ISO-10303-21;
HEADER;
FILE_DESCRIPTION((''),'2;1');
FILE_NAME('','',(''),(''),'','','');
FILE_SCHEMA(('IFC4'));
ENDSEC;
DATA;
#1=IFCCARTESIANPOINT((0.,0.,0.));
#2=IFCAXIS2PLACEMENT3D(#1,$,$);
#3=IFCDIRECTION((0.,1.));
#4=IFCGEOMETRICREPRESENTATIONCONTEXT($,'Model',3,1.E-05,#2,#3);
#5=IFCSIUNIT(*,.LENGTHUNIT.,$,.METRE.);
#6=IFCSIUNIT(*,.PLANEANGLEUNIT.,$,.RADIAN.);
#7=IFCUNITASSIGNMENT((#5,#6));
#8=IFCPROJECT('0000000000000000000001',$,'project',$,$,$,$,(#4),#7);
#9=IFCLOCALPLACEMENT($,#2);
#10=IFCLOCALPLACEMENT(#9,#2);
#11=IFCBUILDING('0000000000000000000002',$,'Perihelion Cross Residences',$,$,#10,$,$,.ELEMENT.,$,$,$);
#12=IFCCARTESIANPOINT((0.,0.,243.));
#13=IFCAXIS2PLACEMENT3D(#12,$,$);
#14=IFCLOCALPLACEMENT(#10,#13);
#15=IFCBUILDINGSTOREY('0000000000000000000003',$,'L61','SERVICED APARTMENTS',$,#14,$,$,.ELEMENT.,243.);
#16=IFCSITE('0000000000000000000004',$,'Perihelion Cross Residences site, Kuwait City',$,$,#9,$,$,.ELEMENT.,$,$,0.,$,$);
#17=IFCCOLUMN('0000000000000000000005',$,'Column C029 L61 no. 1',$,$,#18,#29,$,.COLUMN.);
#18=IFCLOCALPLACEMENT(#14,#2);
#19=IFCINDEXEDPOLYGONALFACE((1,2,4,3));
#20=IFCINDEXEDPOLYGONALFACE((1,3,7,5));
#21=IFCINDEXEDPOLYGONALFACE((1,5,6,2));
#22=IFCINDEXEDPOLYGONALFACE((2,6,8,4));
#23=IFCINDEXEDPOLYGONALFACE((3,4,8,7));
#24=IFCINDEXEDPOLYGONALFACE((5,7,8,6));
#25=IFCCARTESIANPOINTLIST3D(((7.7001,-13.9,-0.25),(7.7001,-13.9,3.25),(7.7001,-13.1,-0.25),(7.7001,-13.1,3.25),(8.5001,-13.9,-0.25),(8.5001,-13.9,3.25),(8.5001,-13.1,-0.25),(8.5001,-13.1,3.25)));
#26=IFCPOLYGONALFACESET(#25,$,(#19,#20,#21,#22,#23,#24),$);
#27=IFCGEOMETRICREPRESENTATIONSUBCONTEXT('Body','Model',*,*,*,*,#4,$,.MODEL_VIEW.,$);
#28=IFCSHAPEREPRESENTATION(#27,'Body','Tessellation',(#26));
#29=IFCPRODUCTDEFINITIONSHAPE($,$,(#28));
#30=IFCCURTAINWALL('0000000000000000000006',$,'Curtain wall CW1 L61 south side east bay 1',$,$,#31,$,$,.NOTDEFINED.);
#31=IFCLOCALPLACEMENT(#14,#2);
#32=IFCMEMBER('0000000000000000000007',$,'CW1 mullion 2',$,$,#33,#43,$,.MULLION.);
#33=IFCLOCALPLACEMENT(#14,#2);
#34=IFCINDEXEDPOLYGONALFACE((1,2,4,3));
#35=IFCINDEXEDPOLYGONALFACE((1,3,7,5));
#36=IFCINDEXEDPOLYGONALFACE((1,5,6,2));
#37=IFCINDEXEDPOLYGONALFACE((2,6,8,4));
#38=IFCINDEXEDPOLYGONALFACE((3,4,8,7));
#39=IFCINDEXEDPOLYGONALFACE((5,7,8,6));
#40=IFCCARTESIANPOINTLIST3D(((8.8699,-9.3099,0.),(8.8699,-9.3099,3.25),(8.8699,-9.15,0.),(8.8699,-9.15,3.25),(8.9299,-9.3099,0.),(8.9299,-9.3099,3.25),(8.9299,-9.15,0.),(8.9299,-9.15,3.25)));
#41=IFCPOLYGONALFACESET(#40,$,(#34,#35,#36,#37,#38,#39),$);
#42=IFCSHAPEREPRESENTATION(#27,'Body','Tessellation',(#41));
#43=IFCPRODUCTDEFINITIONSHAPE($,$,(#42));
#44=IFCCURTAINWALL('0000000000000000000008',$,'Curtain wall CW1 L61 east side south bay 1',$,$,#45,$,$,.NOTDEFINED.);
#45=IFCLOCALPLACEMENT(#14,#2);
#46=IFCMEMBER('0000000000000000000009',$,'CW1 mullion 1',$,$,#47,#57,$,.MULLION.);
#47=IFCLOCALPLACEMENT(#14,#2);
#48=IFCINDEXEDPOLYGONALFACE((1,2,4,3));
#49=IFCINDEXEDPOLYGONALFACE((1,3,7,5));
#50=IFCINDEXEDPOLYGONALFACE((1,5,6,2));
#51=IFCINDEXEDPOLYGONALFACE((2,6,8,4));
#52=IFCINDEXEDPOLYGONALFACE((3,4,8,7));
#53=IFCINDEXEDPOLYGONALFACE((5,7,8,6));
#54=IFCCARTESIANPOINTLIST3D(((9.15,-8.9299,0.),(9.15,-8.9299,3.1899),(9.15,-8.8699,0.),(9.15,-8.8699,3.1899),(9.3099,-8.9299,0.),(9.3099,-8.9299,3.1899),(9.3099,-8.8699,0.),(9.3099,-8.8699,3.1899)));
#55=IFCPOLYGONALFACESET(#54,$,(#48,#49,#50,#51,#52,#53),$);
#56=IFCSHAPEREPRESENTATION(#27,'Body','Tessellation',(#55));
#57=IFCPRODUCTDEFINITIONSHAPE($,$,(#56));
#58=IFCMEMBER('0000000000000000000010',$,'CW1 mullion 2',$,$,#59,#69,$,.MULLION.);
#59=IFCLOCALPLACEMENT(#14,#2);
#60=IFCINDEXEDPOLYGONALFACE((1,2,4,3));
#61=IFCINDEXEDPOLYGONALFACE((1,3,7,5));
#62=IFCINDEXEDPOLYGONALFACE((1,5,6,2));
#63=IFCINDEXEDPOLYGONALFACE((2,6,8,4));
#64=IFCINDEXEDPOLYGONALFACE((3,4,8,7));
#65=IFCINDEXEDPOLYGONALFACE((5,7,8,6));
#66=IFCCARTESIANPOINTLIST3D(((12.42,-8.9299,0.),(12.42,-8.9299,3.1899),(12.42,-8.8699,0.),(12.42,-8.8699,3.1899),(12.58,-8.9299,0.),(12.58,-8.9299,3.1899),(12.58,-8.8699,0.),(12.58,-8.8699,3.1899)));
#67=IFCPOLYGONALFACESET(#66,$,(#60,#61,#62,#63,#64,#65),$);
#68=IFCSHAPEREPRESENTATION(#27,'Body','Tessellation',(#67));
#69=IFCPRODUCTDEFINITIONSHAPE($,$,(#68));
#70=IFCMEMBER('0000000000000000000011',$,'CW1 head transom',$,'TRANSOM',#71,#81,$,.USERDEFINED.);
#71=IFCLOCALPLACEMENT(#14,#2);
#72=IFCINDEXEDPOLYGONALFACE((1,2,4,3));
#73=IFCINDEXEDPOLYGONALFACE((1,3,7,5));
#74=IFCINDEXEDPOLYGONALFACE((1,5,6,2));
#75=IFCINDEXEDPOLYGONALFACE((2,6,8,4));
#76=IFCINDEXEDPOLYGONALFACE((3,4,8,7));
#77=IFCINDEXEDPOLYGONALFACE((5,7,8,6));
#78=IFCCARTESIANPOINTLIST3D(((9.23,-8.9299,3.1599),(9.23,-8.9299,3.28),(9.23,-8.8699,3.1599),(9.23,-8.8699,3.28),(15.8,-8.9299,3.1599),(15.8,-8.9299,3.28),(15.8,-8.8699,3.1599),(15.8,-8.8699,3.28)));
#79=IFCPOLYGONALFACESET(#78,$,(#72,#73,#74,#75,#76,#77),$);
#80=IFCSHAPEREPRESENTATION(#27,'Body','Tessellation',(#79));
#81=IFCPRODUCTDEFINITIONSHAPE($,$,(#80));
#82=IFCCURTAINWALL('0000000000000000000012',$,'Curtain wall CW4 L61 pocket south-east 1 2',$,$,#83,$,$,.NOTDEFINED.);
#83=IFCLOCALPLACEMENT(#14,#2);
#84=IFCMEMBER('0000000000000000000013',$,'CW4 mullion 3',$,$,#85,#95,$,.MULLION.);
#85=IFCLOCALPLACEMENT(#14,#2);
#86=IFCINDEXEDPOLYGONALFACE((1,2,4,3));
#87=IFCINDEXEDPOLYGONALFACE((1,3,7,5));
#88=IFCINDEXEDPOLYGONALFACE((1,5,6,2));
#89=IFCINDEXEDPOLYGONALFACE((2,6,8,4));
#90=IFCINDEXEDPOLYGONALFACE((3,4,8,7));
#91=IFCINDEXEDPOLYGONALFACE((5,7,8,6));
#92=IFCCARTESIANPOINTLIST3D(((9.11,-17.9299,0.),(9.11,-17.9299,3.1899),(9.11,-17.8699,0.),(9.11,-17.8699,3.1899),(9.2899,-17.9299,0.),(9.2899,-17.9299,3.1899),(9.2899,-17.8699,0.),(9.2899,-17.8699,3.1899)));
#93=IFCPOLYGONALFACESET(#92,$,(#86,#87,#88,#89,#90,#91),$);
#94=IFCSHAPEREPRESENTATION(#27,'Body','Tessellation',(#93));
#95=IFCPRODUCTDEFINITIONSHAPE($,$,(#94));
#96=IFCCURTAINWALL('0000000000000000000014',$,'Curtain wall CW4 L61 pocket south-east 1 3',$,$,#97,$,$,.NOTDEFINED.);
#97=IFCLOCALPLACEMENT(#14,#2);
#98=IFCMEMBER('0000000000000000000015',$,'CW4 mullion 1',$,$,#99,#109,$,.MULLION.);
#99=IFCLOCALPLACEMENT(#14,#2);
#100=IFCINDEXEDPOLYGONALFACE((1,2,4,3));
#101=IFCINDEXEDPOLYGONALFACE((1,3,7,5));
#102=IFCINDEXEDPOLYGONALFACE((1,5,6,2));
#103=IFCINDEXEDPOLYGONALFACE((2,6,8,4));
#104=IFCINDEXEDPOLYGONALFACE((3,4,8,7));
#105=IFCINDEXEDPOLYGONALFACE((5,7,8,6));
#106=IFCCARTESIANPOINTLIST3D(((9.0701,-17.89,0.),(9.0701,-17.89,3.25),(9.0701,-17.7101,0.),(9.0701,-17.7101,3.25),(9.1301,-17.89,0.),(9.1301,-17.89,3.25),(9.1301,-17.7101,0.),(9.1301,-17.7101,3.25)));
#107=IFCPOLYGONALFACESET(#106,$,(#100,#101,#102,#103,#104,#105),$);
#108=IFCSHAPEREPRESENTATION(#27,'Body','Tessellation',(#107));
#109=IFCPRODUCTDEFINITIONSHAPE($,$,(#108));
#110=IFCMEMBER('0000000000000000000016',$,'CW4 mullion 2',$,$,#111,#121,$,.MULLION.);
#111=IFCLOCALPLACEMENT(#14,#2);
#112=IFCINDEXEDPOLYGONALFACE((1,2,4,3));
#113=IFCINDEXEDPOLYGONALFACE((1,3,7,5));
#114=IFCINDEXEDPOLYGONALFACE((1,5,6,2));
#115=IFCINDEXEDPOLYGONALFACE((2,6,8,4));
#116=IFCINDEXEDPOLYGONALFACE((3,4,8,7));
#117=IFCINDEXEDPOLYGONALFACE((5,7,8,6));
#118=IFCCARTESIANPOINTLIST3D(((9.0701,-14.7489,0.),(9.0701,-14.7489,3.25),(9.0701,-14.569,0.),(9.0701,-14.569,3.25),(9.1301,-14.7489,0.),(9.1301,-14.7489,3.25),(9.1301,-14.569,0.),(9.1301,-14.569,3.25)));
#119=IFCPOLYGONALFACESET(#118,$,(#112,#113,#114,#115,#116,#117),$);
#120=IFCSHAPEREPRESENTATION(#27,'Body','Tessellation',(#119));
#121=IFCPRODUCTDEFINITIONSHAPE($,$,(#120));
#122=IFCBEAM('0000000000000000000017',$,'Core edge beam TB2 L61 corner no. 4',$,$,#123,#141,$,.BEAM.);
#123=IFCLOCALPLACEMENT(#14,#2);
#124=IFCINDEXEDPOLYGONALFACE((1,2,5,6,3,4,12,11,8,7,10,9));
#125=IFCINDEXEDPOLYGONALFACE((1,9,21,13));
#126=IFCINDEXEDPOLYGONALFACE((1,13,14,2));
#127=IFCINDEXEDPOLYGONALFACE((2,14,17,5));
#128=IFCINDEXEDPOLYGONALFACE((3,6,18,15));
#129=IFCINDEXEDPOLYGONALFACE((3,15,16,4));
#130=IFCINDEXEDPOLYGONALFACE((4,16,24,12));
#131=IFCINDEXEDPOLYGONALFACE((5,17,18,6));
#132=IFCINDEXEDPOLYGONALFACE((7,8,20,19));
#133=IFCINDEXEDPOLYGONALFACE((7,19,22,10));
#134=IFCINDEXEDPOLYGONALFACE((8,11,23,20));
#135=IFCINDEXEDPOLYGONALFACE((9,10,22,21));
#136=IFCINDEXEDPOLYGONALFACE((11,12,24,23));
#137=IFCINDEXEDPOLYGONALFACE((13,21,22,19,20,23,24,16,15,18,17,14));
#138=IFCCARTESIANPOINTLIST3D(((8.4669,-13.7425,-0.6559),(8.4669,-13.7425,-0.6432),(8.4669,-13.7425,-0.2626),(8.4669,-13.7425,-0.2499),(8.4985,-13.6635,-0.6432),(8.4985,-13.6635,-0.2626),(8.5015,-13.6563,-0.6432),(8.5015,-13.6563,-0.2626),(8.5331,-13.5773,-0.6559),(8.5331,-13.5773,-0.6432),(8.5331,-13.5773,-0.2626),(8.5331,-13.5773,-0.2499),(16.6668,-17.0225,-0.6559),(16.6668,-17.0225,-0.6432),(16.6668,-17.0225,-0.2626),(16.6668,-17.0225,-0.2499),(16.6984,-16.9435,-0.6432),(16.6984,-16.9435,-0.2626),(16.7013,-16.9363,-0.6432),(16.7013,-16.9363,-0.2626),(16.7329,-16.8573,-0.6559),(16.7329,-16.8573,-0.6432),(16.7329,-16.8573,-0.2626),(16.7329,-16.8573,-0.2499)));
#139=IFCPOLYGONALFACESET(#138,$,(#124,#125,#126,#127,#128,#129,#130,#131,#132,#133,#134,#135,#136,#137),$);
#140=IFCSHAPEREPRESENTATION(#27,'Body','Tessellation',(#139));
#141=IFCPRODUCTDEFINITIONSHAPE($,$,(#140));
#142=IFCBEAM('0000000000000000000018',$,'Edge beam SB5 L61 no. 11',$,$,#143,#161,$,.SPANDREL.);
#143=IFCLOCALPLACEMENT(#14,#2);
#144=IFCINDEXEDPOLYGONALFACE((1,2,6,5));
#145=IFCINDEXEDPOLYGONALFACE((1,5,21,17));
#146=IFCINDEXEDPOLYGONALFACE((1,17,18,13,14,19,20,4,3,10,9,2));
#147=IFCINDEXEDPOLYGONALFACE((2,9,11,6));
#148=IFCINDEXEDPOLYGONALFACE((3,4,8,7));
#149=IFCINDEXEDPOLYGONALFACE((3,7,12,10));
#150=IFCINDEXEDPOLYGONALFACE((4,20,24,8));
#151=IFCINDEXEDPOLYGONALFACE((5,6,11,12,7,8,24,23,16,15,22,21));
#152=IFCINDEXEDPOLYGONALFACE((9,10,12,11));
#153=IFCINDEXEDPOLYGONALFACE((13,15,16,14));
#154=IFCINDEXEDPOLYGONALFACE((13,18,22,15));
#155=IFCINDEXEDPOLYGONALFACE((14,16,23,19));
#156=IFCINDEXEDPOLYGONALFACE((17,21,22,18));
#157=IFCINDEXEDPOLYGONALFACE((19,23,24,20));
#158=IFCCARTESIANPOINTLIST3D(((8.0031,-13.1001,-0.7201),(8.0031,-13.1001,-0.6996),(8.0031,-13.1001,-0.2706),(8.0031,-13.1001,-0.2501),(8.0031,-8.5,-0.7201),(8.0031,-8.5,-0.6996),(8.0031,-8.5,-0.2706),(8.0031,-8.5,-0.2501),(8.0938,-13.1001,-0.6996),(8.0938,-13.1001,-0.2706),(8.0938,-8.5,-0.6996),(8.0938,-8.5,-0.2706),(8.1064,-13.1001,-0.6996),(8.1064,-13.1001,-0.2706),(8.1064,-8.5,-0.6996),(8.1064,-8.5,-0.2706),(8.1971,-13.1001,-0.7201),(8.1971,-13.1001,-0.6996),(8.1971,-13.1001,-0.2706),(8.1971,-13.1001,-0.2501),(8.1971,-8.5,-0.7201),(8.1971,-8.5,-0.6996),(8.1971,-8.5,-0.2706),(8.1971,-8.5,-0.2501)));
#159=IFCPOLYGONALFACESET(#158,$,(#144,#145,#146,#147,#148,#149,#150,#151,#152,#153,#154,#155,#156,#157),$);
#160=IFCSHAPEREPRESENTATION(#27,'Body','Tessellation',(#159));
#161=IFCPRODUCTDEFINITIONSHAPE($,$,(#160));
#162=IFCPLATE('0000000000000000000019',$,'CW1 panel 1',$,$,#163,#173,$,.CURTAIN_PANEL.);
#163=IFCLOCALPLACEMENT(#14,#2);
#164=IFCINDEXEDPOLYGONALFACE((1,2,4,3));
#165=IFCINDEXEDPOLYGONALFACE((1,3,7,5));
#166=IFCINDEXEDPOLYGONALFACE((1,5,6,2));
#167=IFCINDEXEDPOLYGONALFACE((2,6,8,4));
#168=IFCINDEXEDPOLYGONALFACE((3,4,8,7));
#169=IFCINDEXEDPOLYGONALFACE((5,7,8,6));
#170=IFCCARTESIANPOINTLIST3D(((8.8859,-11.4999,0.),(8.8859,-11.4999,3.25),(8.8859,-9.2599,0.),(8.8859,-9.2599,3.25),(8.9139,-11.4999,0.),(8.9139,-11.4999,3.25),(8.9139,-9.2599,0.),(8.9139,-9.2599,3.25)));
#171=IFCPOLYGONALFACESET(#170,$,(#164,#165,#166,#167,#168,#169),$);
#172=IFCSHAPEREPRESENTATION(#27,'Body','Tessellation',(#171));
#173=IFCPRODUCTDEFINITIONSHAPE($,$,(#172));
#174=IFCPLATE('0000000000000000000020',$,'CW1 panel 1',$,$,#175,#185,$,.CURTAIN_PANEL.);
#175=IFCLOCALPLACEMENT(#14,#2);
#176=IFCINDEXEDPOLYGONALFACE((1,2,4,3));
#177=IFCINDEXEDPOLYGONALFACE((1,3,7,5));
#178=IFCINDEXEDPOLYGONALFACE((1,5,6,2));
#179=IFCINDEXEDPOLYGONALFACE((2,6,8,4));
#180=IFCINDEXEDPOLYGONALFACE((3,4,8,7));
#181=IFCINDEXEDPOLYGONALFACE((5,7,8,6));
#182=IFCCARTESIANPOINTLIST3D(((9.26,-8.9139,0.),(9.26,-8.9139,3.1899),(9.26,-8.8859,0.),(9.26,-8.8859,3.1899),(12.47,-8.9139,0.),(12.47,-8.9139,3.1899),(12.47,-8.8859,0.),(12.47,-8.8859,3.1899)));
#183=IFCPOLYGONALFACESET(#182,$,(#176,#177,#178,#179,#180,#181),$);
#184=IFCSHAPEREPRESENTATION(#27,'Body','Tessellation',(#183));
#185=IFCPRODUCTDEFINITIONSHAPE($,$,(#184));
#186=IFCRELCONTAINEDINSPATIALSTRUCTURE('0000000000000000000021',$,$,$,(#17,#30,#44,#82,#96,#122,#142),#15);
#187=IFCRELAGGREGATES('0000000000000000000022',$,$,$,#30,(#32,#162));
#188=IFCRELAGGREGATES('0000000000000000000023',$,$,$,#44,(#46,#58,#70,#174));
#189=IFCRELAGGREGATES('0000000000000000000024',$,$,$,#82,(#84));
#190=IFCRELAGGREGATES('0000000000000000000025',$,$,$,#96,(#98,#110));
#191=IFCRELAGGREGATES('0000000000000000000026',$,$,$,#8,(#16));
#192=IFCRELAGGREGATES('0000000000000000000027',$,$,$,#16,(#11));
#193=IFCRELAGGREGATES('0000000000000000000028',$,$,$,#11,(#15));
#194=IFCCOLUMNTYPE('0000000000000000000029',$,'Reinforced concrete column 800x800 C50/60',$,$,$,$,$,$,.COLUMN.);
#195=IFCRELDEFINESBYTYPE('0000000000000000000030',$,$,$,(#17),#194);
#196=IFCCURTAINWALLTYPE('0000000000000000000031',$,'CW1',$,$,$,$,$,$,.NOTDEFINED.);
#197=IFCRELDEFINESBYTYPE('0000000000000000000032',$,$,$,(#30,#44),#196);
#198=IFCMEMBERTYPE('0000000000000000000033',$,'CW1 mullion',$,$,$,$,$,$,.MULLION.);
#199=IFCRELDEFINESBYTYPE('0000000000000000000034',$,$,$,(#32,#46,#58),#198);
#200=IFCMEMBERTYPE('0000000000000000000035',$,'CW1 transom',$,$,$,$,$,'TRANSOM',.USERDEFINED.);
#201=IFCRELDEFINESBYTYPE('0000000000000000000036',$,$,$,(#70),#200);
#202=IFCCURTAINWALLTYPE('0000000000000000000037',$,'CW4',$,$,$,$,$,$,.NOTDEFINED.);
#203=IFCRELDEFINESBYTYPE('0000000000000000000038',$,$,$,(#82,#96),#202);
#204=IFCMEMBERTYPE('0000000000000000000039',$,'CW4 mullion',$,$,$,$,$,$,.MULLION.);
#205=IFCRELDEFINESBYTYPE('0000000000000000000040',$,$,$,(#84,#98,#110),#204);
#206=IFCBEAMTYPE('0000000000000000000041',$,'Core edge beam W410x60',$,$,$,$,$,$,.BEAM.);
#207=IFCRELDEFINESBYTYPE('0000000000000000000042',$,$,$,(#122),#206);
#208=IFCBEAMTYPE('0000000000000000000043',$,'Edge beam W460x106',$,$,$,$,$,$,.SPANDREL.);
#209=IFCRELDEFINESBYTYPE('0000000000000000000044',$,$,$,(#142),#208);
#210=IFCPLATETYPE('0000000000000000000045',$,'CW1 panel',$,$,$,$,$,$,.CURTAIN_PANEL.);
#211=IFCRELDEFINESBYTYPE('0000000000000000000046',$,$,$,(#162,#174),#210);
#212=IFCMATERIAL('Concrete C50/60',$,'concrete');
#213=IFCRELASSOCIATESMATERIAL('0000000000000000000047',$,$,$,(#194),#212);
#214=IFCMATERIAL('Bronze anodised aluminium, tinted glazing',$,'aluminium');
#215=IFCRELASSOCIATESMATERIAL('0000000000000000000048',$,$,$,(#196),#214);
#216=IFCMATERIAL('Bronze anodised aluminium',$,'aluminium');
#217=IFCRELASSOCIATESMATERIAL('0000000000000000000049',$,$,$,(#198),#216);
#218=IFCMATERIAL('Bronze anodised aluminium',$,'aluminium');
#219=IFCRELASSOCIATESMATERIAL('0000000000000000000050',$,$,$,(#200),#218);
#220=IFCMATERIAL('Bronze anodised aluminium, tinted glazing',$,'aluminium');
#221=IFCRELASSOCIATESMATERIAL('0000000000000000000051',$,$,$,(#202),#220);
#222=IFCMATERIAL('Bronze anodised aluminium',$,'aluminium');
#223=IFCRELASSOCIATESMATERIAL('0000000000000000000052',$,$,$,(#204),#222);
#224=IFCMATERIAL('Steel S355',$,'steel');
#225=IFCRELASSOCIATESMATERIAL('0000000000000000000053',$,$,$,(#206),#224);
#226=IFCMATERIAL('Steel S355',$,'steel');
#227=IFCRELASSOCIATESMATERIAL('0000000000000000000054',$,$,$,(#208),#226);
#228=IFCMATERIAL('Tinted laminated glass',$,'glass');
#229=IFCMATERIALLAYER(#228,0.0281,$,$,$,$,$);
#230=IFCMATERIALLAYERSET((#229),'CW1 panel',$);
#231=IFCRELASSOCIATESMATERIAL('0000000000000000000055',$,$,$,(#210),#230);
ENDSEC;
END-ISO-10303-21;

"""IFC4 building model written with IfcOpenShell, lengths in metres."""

from ifc_helpers import new_model, si_unit, direction, frame, origin, origin_2d, place, context, subcontext, project, spatial, rectangle, i_section, extrude, material, layer, layer_set, material_profile, profile_set, type_object, element, aggregate, save


model = new_model("IFC4")

# Units and contexts
model_context = context("Model", 3, precision=1e-05, world=origin(), true_north=direction((0.0, 1.0)))
body_context = subcontext(model_context, "Body", "Model", "MODEL_VIEW")
ifc_project = project(units=[si_unit("LENGTHUNIT", "METRE"), si_unit("PLANEANGLEUNIT", "RADIAN")], contexts=[model_context])

# Site, building, storey
site_placement = place(None, origin())
site = spatial("IfcSite", under=ifc_project, at=site_placement, Name="Perihelion Cross Residences site, Kuwait City", CompositionType="ELEMENT", RefElevation=0.0)
building_placement = place(site_placement, origin())
building = spatial("IfcBuilding", under=site, at=building_placement, Name="Perihelion Cross Residences", CompositionType="ELEMENT")
storey_placement = place(building_placement, frame((0.0, 0.0, 243.0)))
storey = spatial("IfcBuildingStorey", under=building, at=storey_placement, Name="L61", Description="SERVICED APARTMENTS", CompositionType="ELEMENT", Elevation=243.0)

# Column
ifc_material_1 = material(Name="Concrete C50/60", Category="concrete")
ifc_material_profile_1 = material_profile(ifc_material_1, rectangle(XDim=0.8, YDim=0.8, at=origin_2d()), Name="RC 800x800")
ifc_profile_set_1 = profile_set([ifc_material_profile_1], Name="Concrete C50/60")
column_type = type_object("IfcColumnType", Name="Reinforced concrete column 800x800 C50/60", PredefinedType="COLUMN", material=ifc_profile_set_1)
column_placement = place(storey_placement, frame((8.1001, -13.5, -0.25), z_axis=(0.0, 0.0, 1.0), x_axis=(1.0, 0.0, 0.0)))
element("IfcColumn", 1, at=column_placement, inside=storey, type_object=column_type, Name="Column C029 L61 no. 1", PredefinedType="COLUMN", context=body_context, shape_type="SweptSolid", body=[
    extrude(rectangle(XDim=0.8, YDim=0.8, at=origin_2d()), origin(), (0.0, 0.0, 1.0), 3.5),
])

# Curtain wall, member
ifc_material_2 = material(Name="Bronze anodised aluminium, tinted glazing", Category="aluminium")
curtain_wall_type_1 = type_object("IfcCurtainWallType", Name="CW1", PredefinedType="NOTDEFINED", material=ifc_material_2)
curtain_wall_1_placement = place(storey_placement, origin())
curtain_wall_1 = element("IfcCurtainWall", 2, at=curtain_wall_1_placement, inside=storey, type_object=curtain_wall_type_1, Name="Curtain wall CW1 L61 south side east bay 1", PredefinedType="NOTDEFINED")
ifc_material_3 = material(Name="Bronze anodised aluminium", Category="aluminium")
ifc_material_profile_2 = material_profile(ifc_material_3, rectangle(XDim=0.0601, YDim=0.1599, at=origin_2d()), Name="CW1 mullion")
ifc_profile_set_2 = profile_set([ifc_material_profile_2], Name="Bronze anodised aluminium")
member_type_1 = type_object("IfcMemberType", Name="CW1 mullion", PredefinedType="MULLION", material=ifc_profile_set_2)
member_1_placement = place(storey_placement, frame((8.8999, -9.23, 0.0), z_axis=(0.0, 0.0, 1.0), x_axis=(-1.0, 0.0, 0.0)))
member_1 = element("IfcMember", 3, at=member_1_placement, type_object=member_type_1, Name="CW1 mullion 2", PredefinedType="MULLION", context=body_context, shape_type="SweptSolid", body=[
    extrude(rectangle(XDim=0.0601, YDim=0.1599, at=origin_2d()), origin(), (0.0, 0.0, 1.0), 3.25),
])

# Curtain wall, members
curtain_wall_2_placement = place(storey_placement, origin())
curtain_wall_2 = element("IfcCurtainWall", 4, at=curtain_wall_2_placement, inside=storey, type_object=curtain_wall_type_1, Name="Curtain wall CW1 L61 east side south bay 1", PredefinedType="NOTDEFINED")
member_2_placement = place(storey_placement, frame((9.23, -8.8999, 0.0), z_axis=(0.0, 0.0, 1.0), x_axis=(0.0, 1.0, 0.0)))
member_2 = element("IfcMember", 5, at=member_2_placement, type_object=member_type_1, Name="CW1 mullion 1", PredefinedType="MULLION", context=body_context, shape_type="SweptSolid", body=[
    extrude(rectangle(XDim=0.0601, YDim=0.1599, at=origin_2d()), origin(), (0.0, 0.0, 1.0), 3.1899),
])
member_3_placement = place(storey_placement, frame((12.5, -8.8999, 0.0), z_axis=(0.0, 0.0, 1.0), x_axis=(0.0, 1.0, 0.0)))
member_3 = element("IfcMember", 6, at=member_3_placement, type_object=member_type_1, Name="CW1 mullion 2", PredefinedType="MULLION", context=body_context, shape_type="SweptSolid", body=[
    extrude(rectangle(XDim=0.0601, YDim=0.1599, at=origin_2d()), origin(), (0.0, 0.0, 1.0), 3.1899),
])
ifc_material_4 = material(Name="Bronze anodised aluminium", Category="aluminium")
ifc_material_profile_3 = material_profile(ifc_material_4, rectangle(XDim=0.0601, YDim=0.1201, at=origin_2d()), Name="CW1 transom")
ifc_profile_set_3 = profile_set([ifc_material_profile_3], Name="Bronze anodised aluminium")
member_type_2 = type_object("IfcMemberType", Name="CW1 transom", ElementType="TRANSOM", PredefinedType="USERDEFINED", material=ifc_profile_set_3)
member_4_placement = place(storey_placement, frame((9.23, -8.8999, 3.22), z_axis=(1.0, 0.0, 0.0), x_axis=(0.0, 1.0, 0.0)))
member_4 = element("IfcMember", 7, at=member_4_placement, type_object=member_type_2, Name="CW1 head transom", ObjectType="TRANSOM", PredefinedType="USERDEFINED", context=body_context, shape_type="SweptSolid", body=[
    extrude(rectangle(XDim=0.0601, YDim=0.1201, at=origin_2d()), origin(), (0.0, 0.0, 1.0), 6.5701),
])

# Curtain wall, member
ifc_material_5 = material(Name="Bronze anodised aluminium, tinted glazing", Category="aluminium")
curtain_wall_type_2 = type_object("IfcCurtainWallType", Name="CW4", PredefinedType="NOTDEFINED", material=ifc_material_5)
curtain_wall_3_placement = place(storey_placement, origin())
curtain_wall_3 = element("IfcCurtainWall", 8, at=curtain_wall_3_placement, inside=storey, type_object=curtain_wall_type_2, Name="Curtain wall CW4 L61 pocket south-east 1 2", PredefinedType="NOTDEFINED")
ifc_material_6 = material(Name="Bronze anodised aluminium", Category="aluminium")
ifc_material_profile_4 = material_profile(ifc_material_6, rectangle(XDim=0.0601, YDim=0.1799, at=origin_2d()), Name="CW4 mullion")
ifc_profile_set_4 = profile_set([ifc_material_profile_4], Name="Bronze anodised aluminium")
member_type_3 = type_object("IfcMemberType", Name="CW4 mullion", PredefinedType="MULLION", material=ifc_profile_set_4)
member_5_placement = place(storey_placement, frame((9.2, -17.8999, 0.0), z_axis=(0.0, 0.0, 1.0), x_axis=(0.0, -1.0, 0.0)))
member_5 = element("IfcMember", 9, at=member_5_placement, type_object=member_type_3, Name="CW4 mullion 3", PredefinedType="MULLION", context=body_context, shape_type="SweptSolid", body=[
    extrude(rectangle(XDim=0.0601, YDim=0.1799, at=origin_2d()), origin(), (0.0, 0.0, 1.0), 3.1899),
])

# Curtain wall, members
curtain_wall_4_placement = place(storey_placement, origin())
curtain_wall_4 = element("IfcCurtainWall", 10, at=curtain_wall_4_placement, inside=storey, type_object=curtain_wall_type_2, Name="Curtain wall CW4 L61 pocket south-east 1 3", PredefinedType="NOTDEFINED")
member_6_placement = place(storey_placement, frame((9.1001, -17.8, 0.0), z_axis=(0.0, 0.0, 1.0), x_axis=(-1.0, 0.0, 0.0)))
member_6 = element("IfcMember", 11, at=member_6_placement, type_object=member_type_3, Name="CW4 mullion 1", PredefinedType="MULLION", context=body_context, shape_type="SweptSolid", body=[
    extrude(rectangle(XDim=0.0601, YDim=0.1799, at=origin_2d()), origin(), (0.0, 0.0, 1.0), 3.25),
])
member_7_placement = place(storey_placement, frame((9.1001, -14.6589, 0.0), z_axis=(0.0, 0.0, 1.0), x_axis=(-1.0, 0.0, 0.0)))
member_7 = element("IfcMember", 12, at=member_7_placement, type_object=member_type_3, Name="CW4 mullion 2", PredefinedType="MULLION", context=body_context, shape_type="SweptSolid", body=[
    extrude(rectangle(XDim=0.0601, YDim=0.1799, at=origin_2d()), origin(), (0.0, 0.0, 1.0), 3.25),
])

# Beams
ifc_material_7 = material(Name="Steel S355", Category="steel")
ifc_material_profile_5 = material_profile(ifc_material_7, i_section(OverallWidth=0.178, OverallDepth=0.406, WebThickness=0.0078, FlangeThickness=0.0127, at=origin_2d()), Name="W410x60")
ifc_profile_set_5 = profile_set([ifc_material_profile_5], Name="Steel S355")
beam_type_1 = type_object("IfcBeamType", Name="Core edge beam W410x60", PredefinedType="BEAM", material=ifc_profile_set_5)
beam_1_placement = place(storey_placement, frame((8.5, -13.6599, -0.4529), z_axis=(0.928475, -0.371395, 0.0), x_axis=(0.371395, 0.928475, 0.0)))
element("IfcBeam", 13, at=beam_1_placement, inside=storey, type_object=beam_type_1, Name="Core edge beam TB2 L61 corner no. 4", PredefinedType="BEAM", context=body_context, shape_type="SweptSolid", body=[
    extrude(i_section(OverallWidth=0.178, OverallDepth=0.406, WebThickness=0.0078, FlangeThickness=0.0127, at=origin_2d()), origin(), (0.0, 0.0, 1.0), 8.8315),
])
ifc_material_8 = material(Name="Steel S355", Category="steel")
ifc_material_profile_6 = material_profile(ifc_material_8, i_section(OverallWidth=0.1941, OverallDepth=0.47, WebThickness=0.0127, FlangeThickness=0.0205, at=origin_2d()), Name="W460x106")
ifc_profile_set_6 = profile_set([ifc_material_profile_6], Name="Steel S355")
beam_type_2 = type_object("IfcBeamType", Name="Edge beam W460x106", PredefinedType="SPANDREL", material=ifc_profile_set_6)
beam_2_placement = place(storey_placement, frame((8.1001, -13.1001, -0.4851), z_axis=(0.0, 1.0, 0.0), x_axis=(-1.0, 0.0, 0.0)))
element("IfcBeam", 14, at=beam_2_placement, inside=storey, type_object=beam_type_2, Name="Edge beam SB5 L61 no. 11", PredefinedType="SPANDREL", context=body_context, shape_type="SweptSolid", body=[
    extrude(i_section(OverallWidth=0.1941, OverallDepth=0.47, WebThickness=0.0127, FlangeThickness=0.0205, at=origin_2d()), origin(), (0.0, 0.0, 1.0), 4.6001),
])

# Plates
ifc_material_9 = material(Name="Tinted laminated glass", Category="glass")
ifc_layer_1 = layer(ifc_material_9, 0.0281)
ifc_layer_set_1 = layer_set([ifc_layer_1], Name="CW1 panel")
plate_type_1 = type_object("IfcPlateType", Name="CW1 panel", PredefinedType="CURTAIN_PANEL", material=ifc_layer_set_1)
plate_1_placement = place(storey_placement, frame((8.8999, -10.3799, 0.0), z_axis=(0.0, 0.0, 1.0), x_axis=(0.0, 1.0, 0.0)))
plate_1 = element("IfcPlate", 15, at=plate_1_placement, type_object=plate_type_1, Name="CW1 panel 1", PredefinedType="CURTAIN_PANEL", context=body_context, shape_type="SweptSolid", body=[
    extrude(rectangle(XDim=2.24, YDim=0.0281, at=origin_2d()), origin(), (0.0, 0.0, 1.0), 3.25),
])
aggregate(curtain_wall_1, [member_1, plate_1])
plate_2_placement = place(storey_placement, frame((10.865, -8.8999, 0.0), z_axis=(0.0, 0.0, 1.0), x_axis=(1.0, 0.0, 0.0)))
plate_2 = element("IfcPlate", 16, at=plate_2_placement, type_object=plate_type_1, Name="CW1 panel 1", PredefinedType="CURTAIN_PANEL", context=body_context, shape_type="SweptSolid", body=[
    extrude(rectangle(XDim=3.21, YDim=0.0281, at=origin_2d()), origin(), (0.0, 0.0, 1.0), 3.1899),
])
aggregate(curtain_wall_2, [member_2, member_3, member_4, plate_2])
aggregate(curtain_wall_3, [member_5])
aggregate(curtain_wall_4, [member_6, member_7])

save(model, "model.ifc")
